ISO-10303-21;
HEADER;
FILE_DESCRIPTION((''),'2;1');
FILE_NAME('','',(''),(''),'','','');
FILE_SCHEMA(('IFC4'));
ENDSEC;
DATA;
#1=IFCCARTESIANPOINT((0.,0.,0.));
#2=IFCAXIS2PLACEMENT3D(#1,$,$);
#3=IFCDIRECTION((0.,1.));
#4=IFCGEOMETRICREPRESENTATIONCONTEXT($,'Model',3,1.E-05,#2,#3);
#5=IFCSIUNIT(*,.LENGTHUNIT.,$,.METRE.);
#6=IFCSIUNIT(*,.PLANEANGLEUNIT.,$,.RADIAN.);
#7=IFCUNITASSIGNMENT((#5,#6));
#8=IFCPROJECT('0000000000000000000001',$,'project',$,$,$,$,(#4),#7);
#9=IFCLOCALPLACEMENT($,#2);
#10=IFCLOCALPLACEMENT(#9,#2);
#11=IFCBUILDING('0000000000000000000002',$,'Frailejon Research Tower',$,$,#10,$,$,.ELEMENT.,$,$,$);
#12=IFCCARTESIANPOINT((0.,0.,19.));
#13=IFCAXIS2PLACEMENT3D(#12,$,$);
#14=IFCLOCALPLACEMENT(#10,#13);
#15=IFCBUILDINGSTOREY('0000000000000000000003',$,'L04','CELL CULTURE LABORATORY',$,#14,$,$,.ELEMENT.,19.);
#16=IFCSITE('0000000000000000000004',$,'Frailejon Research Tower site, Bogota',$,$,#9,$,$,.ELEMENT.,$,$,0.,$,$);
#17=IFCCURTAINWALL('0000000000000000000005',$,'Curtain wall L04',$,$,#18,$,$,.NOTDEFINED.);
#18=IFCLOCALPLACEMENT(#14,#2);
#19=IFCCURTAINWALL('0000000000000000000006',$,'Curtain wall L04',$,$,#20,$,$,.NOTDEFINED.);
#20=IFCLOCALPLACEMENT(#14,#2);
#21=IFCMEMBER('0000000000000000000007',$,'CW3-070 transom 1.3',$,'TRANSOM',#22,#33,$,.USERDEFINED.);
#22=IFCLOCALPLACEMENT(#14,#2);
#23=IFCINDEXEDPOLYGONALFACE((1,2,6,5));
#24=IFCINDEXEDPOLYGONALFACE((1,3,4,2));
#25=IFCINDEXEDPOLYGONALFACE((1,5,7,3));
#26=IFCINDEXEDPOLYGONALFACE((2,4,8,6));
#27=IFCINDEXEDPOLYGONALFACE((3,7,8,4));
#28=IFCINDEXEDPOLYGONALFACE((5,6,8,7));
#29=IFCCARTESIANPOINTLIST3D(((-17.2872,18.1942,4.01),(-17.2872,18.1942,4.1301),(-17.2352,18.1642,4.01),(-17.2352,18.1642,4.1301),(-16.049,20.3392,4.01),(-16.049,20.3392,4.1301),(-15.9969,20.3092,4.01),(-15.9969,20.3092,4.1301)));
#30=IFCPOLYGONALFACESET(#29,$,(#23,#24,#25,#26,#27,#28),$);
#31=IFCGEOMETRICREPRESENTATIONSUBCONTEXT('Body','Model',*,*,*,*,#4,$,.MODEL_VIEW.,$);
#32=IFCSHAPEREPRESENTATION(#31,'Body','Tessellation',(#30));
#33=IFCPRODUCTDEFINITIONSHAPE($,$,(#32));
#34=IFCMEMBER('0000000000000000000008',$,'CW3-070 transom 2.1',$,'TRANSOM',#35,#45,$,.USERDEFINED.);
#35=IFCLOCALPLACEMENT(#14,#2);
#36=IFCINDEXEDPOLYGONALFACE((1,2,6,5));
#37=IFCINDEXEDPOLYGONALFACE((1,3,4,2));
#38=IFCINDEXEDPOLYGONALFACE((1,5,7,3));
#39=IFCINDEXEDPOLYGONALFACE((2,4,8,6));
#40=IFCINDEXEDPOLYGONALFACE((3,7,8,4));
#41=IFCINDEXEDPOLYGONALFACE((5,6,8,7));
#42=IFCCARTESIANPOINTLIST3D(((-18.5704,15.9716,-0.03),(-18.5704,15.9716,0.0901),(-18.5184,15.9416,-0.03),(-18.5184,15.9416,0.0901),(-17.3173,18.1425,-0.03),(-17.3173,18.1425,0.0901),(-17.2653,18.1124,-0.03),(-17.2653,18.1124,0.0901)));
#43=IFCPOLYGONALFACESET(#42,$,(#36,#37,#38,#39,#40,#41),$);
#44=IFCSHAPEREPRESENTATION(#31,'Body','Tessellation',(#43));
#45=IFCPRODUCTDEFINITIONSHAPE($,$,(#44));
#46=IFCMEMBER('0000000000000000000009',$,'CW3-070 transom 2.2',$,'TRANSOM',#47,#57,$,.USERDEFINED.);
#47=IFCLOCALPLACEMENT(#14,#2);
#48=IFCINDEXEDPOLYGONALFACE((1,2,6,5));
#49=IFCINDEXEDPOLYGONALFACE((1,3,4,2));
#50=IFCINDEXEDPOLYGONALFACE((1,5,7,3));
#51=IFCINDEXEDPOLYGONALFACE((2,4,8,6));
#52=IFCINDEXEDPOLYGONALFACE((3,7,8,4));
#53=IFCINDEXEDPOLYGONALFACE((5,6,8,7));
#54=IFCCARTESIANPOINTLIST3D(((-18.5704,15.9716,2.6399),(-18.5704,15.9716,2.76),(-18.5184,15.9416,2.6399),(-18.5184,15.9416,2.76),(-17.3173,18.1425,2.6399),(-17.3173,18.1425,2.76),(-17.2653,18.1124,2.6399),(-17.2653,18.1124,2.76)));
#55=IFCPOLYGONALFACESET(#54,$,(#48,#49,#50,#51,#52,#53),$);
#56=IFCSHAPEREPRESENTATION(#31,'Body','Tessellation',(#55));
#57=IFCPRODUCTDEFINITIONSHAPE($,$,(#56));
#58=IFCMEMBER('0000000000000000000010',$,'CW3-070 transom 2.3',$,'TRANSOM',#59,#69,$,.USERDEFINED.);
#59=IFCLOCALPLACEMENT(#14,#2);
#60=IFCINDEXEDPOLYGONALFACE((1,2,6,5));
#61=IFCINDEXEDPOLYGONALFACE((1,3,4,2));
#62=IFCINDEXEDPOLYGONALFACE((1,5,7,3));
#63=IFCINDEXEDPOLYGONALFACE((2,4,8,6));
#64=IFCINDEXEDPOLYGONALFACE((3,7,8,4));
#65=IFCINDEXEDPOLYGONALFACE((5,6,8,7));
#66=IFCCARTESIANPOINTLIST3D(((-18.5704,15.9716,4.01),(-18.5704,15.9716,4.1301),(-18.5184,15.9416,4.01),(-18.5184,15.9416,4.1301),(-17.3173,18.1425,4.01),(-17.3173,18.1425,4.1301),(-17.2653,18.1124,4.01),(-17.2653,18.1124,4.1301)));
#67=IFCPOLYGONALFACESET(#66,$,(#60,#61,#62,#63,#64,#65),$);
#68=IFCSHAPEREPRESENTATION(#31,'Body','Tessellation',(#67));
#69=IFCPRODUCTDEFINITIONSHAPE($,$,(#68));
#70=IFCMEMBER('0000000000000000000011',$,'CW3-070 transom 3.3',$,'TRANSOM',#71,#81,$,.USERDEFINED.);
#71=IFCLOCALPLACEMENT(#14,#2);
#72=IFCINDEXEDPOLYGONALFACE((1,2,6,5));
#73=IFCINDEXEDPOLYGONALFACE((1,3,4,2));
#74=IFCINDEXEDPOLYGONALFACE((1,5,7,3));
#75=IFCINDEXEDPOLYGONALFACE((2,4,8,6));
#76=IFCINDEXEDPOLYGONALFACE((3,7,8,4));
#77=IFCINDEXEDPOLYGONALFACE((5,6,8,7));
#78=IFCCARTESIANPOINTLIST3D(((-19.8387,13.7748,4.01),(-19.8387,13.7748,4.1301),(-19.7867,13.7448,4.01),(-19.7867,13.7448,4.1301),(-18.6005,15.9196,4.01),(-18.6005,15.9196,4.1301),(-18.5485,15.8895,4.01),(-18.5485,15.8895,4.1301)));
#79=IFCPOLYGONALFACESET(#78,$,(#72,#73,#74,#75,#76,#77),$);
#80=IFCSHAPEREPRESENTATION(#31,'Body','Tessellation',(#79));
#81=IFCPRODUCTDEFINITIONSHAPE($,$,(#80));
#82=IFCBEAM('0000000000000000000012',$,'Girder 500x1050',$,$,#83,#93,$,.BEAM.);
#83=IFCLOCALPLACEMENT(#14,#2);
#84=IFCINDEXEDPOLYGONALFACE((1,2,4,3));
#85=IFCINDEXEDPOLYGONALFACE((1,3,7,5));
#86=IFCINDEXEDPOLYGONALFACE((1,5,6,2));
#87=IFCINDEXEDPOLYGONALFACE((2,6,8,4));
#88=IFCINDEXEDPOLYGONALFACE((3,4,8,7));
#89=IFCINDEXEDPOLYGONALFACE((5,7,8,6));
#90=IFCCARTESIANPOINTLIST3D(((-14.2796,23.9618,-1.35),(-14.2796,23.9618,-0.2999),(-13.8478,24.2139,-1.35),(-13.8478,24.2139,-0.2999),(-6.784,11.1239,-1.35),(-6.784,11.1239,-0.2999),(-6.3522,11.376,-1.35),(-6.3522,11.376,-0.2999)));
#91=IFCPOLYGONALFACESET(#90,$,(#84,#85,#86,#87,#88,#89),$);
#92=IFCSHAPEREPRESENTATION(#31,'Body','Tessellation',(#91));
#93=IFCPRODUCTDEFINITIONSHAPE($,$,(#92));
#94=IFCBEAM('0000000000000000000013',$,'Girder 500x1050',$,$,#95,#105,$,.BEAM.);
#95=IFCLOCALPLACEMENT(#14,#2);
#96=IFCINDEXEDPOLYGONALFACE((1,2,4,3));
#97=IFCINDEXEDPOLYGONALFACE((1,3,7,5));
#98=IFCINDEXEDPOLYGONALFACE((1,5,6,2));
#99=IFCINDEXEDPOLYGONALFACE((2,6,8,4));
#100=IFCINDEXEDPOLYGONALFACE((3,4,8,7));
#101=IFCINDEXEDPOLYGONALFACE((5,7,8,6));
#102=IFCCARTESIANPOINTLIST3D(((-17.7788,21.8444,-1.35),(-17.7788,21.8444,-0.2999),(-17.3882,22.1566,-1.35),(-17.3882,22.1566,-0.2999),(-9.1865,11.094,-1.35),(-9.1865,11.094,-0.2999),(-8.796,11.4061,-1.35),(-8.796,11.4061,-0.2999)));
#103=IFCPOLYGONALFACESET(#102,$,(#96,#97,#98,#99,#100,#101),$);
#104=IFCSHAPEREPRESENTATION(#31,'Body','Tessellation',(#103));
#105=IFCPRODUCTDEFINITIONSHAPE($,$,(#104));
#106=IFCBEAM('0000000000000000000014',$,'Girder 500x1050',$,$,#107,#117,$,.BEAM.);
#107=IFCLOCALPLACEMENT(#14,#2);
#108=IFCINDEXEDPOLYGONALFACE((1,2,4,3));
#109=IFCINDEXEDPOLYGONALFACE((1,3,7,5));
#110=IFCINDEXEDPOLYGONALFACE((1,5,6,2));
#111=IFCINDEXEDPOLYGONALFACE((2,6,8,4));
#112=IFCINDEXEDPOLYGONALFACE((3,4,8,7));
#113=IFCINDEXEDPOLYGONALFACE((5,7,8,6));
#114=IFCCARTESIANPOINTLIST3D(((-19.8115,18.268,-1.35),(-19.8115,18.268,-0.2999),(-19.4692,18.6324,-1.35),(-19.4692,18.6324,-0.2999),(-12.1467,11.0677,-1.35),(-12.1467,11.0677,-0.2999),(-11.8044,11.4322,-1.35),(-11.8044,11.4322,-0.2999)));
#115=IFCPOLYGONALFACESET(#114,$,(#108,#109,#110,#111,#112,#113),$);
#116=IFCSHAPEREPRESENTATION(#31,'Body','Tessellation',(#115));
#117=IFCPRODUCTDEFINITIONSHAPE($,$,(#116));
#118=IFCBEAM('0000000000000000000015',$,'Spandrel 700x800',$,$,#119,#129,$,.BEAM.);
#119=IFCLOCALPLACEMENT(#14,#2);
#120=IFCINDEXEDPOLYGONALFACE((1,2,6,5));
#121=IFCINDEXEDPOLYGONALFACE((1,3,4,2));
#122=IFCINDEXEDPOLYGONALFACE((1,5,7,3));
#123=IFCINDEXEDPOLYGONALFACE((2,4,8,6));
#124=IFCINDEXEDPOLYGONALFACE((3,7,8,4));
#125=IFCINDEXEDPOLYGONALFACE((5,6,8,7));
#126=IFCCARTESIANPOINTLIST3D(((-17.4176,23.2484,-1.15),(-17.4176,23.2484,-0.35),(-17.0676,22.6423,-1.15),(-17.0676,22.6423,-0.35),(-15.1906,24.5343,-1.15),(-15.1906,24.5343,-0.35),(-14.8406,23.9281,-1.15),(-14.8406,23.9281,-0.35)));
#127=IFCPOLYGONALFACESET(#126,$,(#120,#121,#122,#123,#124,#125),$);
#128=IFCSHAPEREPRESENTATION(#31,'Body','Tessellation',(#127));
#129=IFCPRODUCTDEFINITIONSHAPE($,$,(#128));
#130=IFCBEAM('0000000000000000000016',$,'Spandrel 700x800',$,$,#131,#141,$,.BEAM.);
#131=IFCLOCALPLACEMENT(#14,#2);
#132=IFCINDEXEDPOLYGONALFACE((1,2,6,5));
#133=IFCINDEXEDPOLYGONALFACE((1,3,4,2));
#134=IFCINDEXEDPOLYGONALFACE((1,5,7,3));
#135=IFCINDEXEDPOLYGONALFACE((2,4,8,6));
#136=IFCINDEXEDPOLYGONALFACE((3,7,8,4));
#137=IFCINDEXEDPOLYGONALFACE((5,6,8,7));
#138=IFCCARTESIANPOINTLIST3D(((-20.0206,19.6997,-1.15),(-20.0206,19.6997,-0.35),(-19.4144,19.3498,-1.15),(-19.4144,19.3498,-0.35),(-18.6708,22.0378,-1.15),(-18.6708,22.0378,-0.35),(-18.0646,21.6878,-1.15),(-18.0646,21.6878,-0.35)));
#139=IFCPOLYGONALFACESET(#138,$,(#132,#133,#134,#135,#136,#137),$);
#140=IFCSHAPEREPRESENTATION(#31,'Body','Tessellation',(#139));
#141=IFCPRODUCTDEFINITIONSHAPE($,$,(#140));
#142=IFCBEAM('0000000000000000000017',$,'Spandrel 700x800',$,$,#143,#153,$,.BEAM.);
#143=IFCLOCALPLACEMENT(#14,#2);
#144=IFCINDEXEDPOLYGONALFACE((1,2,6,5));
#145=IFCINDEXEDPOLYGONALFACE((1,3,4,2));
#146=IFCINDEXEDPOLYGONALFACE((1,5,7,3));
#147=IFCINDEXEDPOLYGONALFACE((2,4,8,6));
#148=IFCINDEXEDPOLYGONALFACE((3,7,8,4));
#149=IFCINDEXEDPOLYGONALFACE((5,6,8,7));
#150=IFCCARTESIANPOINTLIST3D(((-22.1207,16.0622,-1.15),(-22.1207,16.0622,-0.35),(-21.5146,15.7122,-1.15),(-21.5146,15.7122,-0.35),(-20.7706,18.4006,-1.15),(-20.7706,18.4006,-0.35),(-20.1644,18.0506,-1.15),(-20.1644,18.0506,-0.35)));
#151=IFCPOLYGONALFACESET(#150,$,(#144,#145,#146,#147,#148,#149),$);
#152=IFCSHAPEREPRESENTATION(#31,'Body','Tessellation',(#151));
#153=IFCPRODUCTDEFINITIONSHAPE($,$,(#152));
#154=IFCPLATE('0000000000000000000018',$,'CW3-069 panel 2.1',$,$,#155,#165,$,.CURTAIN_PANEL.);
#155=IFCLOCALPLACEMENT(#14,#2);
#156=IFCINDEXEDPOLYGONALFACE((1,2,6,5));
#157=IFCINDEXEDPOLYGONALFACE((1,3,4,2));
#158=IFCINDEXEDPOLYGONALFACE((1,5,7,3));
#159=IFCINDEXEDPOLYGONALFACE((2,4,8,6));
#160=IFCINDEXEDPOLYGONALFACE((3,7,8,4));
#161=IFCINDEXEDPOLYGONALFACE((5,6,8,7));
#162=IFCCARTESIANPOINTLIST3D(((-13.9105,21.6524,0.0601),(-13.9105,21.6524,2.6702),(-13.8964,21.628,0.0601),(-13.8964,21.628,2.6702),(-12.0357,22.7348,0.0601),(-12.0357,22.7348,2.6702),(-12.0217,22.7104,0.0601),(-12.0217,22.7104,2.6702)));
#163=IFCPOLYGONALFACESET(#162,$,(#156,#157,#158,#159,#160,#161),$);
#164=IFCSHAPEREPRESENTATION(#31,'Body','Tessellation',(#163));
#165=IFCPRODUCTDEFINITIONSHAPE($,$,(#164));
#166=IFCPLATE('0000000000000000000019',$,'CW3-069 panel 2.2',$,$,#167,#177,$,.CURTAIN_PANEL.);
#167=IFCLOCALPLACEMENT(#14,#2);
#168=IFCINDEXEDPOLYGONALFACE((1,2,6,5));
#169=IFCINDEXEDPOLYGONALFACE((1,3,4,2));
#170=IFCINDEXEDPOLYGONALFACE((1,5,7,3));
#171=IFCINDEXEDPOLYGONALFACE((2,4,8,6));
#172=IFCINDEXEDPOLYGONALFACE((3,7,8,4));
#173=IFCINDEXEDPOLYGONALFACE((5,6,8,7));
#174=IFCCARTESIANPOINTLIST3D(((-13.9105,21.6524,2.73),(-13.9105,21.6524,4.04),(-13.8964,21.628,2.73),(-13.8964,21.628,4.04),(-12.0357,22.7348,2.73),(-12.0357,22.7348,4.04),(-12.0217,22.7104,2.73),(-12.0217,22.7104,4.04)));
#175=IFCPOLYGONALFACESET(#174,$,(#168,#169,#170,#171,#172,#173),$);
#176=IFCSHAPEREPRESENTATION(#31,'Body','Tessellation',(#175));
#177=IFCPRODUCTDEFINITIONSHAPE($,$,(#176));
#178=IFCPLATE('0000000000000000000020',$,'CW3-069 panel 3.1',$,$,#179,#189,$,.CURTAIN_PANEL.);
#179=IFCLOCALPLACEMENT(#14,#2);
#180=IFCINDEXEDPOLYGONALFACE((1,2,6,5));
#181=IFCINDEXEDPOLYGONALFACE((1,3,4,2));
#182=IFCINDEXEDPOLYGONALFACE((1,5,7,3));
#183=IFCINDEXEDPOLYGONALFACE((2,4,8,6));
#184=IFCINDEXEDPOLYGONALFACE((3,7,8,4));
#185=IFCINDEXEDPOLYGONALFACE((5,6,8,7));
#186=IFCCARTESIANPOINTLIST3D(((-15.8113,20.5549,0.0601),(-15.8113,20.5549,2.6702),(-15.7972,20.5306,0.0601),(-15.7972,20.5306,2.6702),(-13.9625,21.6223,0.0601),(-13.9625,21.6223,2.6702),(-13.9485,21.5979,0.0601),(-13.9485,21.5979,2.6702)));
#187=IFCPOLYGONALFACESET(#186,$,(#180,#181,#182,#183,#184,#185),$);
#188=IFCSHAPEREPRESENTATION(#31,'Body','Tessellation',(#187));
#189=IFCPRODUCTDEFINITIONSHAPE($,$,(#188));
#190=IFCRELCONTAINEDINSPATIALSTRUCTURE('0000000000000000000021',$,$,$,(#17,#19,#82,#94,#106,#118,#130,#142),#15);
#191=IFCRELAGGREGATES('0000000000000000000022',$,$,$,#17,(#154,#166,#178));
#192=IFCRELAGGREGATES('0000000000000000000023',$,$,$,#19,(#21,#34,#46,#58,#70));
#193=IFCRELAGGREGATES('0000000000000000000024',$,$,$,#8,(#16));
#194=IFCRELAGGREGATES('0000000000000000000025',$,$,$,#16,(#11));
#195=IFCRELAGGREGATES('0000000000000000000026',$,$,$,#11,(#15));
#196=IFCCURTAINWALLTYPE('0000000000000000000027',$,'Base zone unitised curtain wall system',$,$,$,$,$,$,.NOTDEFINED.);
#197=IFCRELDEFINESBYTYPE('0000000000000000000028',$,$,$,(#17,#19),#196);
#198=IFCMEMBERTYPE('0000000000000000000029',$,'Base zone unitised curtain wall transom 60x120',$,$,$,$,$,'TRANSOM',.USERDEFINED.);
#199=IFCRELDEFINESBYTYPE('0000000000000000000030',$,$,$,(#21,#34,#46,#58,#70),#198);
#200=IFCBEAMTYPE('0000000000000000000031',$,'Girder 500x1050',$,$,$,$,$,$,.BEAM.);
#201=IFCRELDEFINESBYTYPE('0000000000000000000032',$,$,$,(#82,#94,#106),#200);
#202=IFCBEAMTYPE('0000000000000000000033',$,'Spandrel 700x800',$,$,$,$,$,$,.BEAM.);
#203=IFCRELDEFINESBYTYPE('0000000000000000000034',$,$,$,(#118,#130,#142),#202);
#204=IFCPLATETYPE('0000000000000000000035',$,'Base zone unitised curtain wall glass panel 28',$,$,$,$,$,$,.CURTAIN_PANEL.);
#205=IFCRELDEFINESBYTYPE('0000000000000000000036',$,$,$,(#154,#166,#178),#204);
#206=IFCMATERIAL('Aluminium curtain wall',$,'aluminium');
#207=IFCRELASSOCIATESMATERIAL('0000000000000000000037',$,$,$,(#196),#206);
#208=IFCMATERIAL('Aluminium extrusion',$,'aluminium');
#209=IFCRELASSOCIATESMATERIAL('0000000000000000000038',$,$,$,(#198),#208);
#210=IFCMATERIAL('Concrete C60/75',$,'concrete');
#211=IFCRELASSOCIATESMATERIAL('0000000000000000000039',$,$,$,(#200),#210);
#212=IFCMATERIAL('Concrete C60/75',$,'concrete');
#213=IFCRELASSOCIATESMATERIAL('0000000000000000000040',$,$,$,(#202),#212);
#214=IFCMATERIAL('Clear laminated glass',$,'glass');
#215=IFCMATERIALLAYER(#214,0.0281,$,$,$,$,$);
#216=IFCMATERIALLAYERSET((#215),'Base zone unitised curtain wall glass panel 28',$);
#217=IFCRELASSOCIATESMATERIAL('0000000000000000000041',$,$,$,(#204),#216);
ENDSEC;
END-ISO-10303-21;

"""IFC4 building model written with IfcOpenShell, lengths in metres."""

from ifc_helpers import new_model, si_unit, direction, frame, origin, origin_2d, place, context, subcontext, project, spatial, rectangle, extrude, material, layer, layer_set, material_profile, profile_set, type_object, element, aggregate, save


model = new_model("IFC4")

# Units and contexts
model_context = context("Model", 3, precision=1e-05, world=origin(), true_north=direction((0.0, 1.0)))
body_context = subcontext(model_context, "Body", "Model", "MODEL_VIEW")
ifc_project = project(units=[si_unit("LENGTHUNIT", "METRE"), si_unit("PLANEANGLEUNIT", "RADIAN")], contexts=[model_context])

# Site, building, storey
site_placement = place(None, origin())
site = spatial("IfcSite", under=ifc_project, at=site_placement, Name="Frailejon Research Tower site, Bogota", CompositionType="ELEMENT", RefElevation=0.0)
building_placement = place(site_placement, origin())
building = spatial("IfcBuilding", under=site, at=building_placement, Name="Frailejon Research Tower", CompositionType="ELEMENT")
storey_placement = place(building_placement, frame((0.0, 0.0, 19.0)))
storey = spatial("IfcBuildingStorey", under=building, at=storey_placement, Name="L04", Description="CELL CULTURE LABORATORY", CompositionType="ELEMENT", Elevation=19.0)

# Curtain walls
ifc_material_1 = material(Name="Aluminium curtain wall", Category="aluminium")
curtain_wall_type = type_object("IfcCurtainWallType", Name="Base zone unitised curtain wall system", PredefinedType="NOTDEFINED", material=ifc_material_1)
curtain_wall_1_placement = place(storey_placement, origin())
curtain_wall_1 = element("IfcCurtainWall", 1, at=curtain_wall_1_placement, inside=storey, type_object=curtain_wall_type, Name="Curtain wall L04", PredefinedType="NOTDEFINED")
curtain_wall_2_placement = place(storey_placement, origin())
curtain_wall_2 = element("IfcCurtainWall", 2, at=curtain_wall_2_placement, inside=storey, type_object=curtain_wall_type, Name="Curtain wall L04", PredefinedType="NOTDEFINED")

# Members
ifc_material_2 = material(Name="Aluminium extrusion", Category="aluminium")
ifc_material_profile_1 = material_profile(ifc_material_2, rectangle(XDim=0.0601, YDim=0.1201, at=origin_2d()), Name="Base zone unitised curtain wall transom 60x120")
ifc_profile_set_1 = profile_set([ifc_material_profile_1], Name="Aluminium extrusion")
member_type_1 = type_object("IfcMemberType", Name="Base zone unitised curtain wall transom 60x120", ElementType="TRANSOM", PredefinedType="USERDEFINED", material=ifc_profile_set_1)
member_1_placement = place(storey_placement, frame((-16.0229, 20.3242, 4.0701), z_axis=(-0.499956, -0.866051, 0.0), x_axis=(0.866051, -0.499956, 0.0)))
member_1 = element("IfcMember", 3, at=member_1_placement, type_object=member_type_1, Name="CW3-070 transom 1.3", ObjectType="TRANSOM", PredefinedType="USERDEFINED", context=body_context, shape_type="SweptSolid", body=[
    extrude(rectangle(XDim=0.0601, YDim=0.1201, at=origin_2d()), origin(), (0.0, 0.0, 1.0), 2.4768),
])
member_2_placement = place(storey_placement, frame((-17.2913, 18.1274, 0.03), z_axis=(-0.499942, -0.866059, 0.0), x_axis=(0.866059, -0.499942, 0.0)))
member_2 = element("IfcMember", 4, at=member_2_placement, type_object=member_type_1, Name="CW3-070 transom 2.1", ObjectType="TRANSOM", PredefinedType="USERDEFINED", context=body_context, shape_type="SweptSolid", body=[
    extrude(rectangle(XDim=0.0601, YDim=0.1201, at=origin_2d()), origin(), (0.0, 0.0, 1.0), 2.5066),
])
member_3_placement = place(storey_placement, frame((-17.2913, 18.1274, 2.7), z_axis=(-0.499942, -0.866059, 0.0), x_axis=(0.866059, -0.499942, 0.0)))
member_3 = element("IfcMember", 5, at=member_3_placement, type_object=member_type_1, Name="CW3-070 transom 2.2", ObjectType="TRANSOM", PredefinedType="USERDEFINED", context=body_context, shape_type="SweptSolid", body=[
    extrude(rectangle(XDim=0.0601, YDim=0.1201, at=origin_2d()), origin(), (0.0, 0.0, 1.0), 2.5066),
])
member_4_placement = place(storey_placement, frame((-17.2913, 18.1274, 4.0701), z_axis=(-0.499942, -0.866059, 0.0), x_axis=(0.866059, -0.499942, 0.0)))
member_4 = element("IfcMember", 6, at=member_4_placement, type_object=member_type_1, Name="CW3-070 transom 2.3", ObjectType="TRANSOM", PredefinedType="USERDEFINED", context=body_context, shape_type="SweptSolid", body=[
    extrude(rectangle(XDim=0.0601, YDim=0.1201, at=origin_2d()), origin(), (0.0, 0.0, 1.0), 2.5066),
])
member_5_placement = place(storey_placement, frame((-18.5745, 15.9045, 4.0701), z_axis=(-0.499998, -0.866026, 0.0), x_axis=(0.866026, -0.499998, 0.0)))
member_5 = element("IfcMember", 7, at=member_5_placement, type_object=member_type_1, Name="CW3-070 transom 3.3", ObjectType="TRANSOM", PredefinedType="USERDEFINED", context=body_context, shape_type="SweptSolid", body=[
    extrude(rectangle(XDim=0.0601, YDim=0.1201, at=origin_2d()), origin(), (0.0, 0.0, 1.0), 2.4766),
])

# Beams
ifc_material_3 = material(Name="Concrete C60/75", Category="concrete")
ifc_material_profile_2 = material_profile(ifc_material_3, rectangle(XDim=0.5, YDim=1.05, at=origin_2d()), Name="Girder 500x1050")
ifc_profile_set_2 = profile_set([ifc_material_profile_2], Name="Concrete C60/75")
beam_type_1 = type_object("IfcBeamType", Name="Girder 500x1050", PredefinedType="BEAM", material=ifc_profile_set_2)
beam_1_placement = place(storey_placement, frame((-14.0637, 24.0879, -0.825), z_axis=(0.504214, -0.863579, 0.0), x_axis=(0.863579, 0.504214, 0.0)))
element("IfcBeam", 8, at=beam_1_placement, inside=storey, type_object=beam_type_1, Name="Girder 500x1050", PredefinedType="BEAM", context=body_context, shape_type="SweptSolid", body=[
    extrude(rectangle(XDim=0.5, YDim=1.05, at=origin_2d()), origin(), (0.0, 0.0, 1.0), 14.866),
])
beam_2_placement = place(storey_placement, frame((-17.5835, 22.0005, -0.825), z_axis=(0.624336, -0.781156, 0.0), x_axis=(0.781156, 0.624336, 0.0)))
element("IfcBeam", 9, at=beam_2_placement, inside=storey, type_object=beam_type_1, Name="Girder 500x1050", PredefinedType="BEAM", context=body_context, shape_type="SweptSolid", body=[
    extrude(rectangle(XDim=0.5, YDim=1.05, at=origin_2d()), origin(), (0.0, 0.0, 1.0), 13.7622),
])
beam_3_placement = place(storey_placement, frame((-19.6404, 18.4502, -0.825), z_axis=(0.728851, -0.684672, 0.0), x_axis=(0.684672, 0.728851, 0.0)))
element("IfcBeam", 10, at=beam_3_placement, inside=storey, type_object=beam_type_1, Name="Girder 500x1050", PredefinedType="BEAM", context=body_context, shape_type="SweptSolid", body=[
    extrude(rectangle(XDim=0.5, YDim=1.05, at=origin_2d()), origin(), (0.0, 0.0, 1.0), 10.5164),
])
ifc_material_4 = material(Name="Concrete C60/75", Category="concrete")
ifc_material_profile_3 = material_profile(ifc_material_4, rectangle(XDim=0.7, YDim=0.8, at=origin_2d()), Name="Spandrel 700x800")
ifc_profile_set_3 = profile_set([ifc_material_profile_3], Name="Concrete C60/75")
beam_type_2 = type_object("IfcBeamType", Name="Spandrel 700x800", PredefinedType="BEAM", material=ifc_profile_set_3)
beam_4_placement = place(storey_placement, frame((-15.0156, 24.2312, -0.75), z_axis=(-0.866009, -0.500029, 0.0), x_axis=(0.500029, -0.866009, 0.0)))
element("IfcBeam", 11, at=beam_4_placement, inside=storey, type_object=beam_type_2, Name="Spandrel 700x800", PredefinedType="BEAM", context=body_context, shape_type="SweptSolid", body=[
    extrude(rectangle(XDim=0.7, YDim=0.8, at=origin_2d()), origin(), (0.0, 0.0, 1.0), 2.5715),
])
beam_5_placement = place(storey_placement, frame((-18.3677, 21.8628, -0.75), z_axis=(-0.499981, -0.866037, 0.0), x_axis=(0.866037, -0.499981, 0.0)))
element("IfcBeam", 12, at=beam_5_placement, inside=storey, type_object=beam_type_2, Name="Spandrel 700x800", PredefinedType="BEAM", context=body_context, shape_type="SweptSolid", body=[
    extrude(rectangle(XDim=0.7, YDim=0.8, at=origin_2d()), origin(), (0.0, 0.0, 1.0), 2.6997),
])
beam_6_placement = place(storey_placement, frame((-20.4675, 18.2256, -0.75), z_axis=(-0.500009, -0.86602, 0.0), x_axis=(0.86602, -0.500009, 0.0)))
element("IfcBeam", 13, at=beam_6_placement, inside=storey, type_object=beam_type_2, Name="Spandrel 700x800", PredefinedType="BEAM", context=body_context, shape_type="SweptSolid", body=[
    extrude(rectangle(XDim=0.7, YDim=0.8, at=origin_2d()), origin(), (0.0, 0.0, 1.0), 2.7002),
])

# Plates
ifc_material_5 = material(Name="Clear laminated glass", Category="glass")
ifc_layer_1 = layer(ifc_material_5, 0.0281)
ifc_layer_set_1 = layer_set([ifc_layer_1], Name="Base zone unitised curtain wall glass panel 28")
plate_type = type_object("IfcPlateType", Name="Base zone unitised curtain wall glass panel 28", PredefinedType="CURTAIN_PANEL", material=ifc_layer_set_1)
plate_1_placement = place(storey_placement, frame((-12.9661, 22.1814, 0.0601), z_axis=(0.0, 0.0, 1.0), x_axis=(-0.866026, -0.499998, 0.0)))
plate_1 = element("IfcPlate", 14, at=plate_1_placement, type_object=plate_type, Name="CW3-069 panel 2.1", PredefinedType="CURTAIN_PANEL", context=body_context, shape_type="SweptSolid", body=[
    extrude(rectangle(XDim=2.1648, YDim=0.0281, at=origin_2d()), origin(), (0.0, 0.0, 1.0), 2.6101),
])
plate_2_placement = place(storey_placement, frame((-12.9661, 22.1814, 2.73), z_axis=(0.0, 0.0, 1.0), x_axis=(-0.866026, -0.499998, 0.0)))
plate_2 = element("IfcPlate", 15, at=plate_2_placement, type_object=plate_type, Name="CW3-069 panel 2.2", PredefinedType="CURTAIN_PANEL", context=body_context, shape_type="SweptSolid", body=[
    extrude(rectangle(XDim=2.1648, YDim=0.0281, at=origin_2d()), origin(), (0.0, 0.0, 1.0), 1.3101),
])
plate_3_placement = place(storey_placement, frame((-14.8799, 21.0764, 0.0601), z_axis=(0.0, 0.0, 1.0), x_axis=(-0.866026, -0.499998, 0.0)))
plate_3 = element("IfcPlate", 16, at=plate_3_placement, type_object=plate_type, Name="CW3-069 panel 3.1", PredefinedType="CURTAIN_PANEL", context=body_context, shape_type="SweptSolid", body=[
    extrude(rectangle(XDim=2.1348, YDim=0.0281, at=origin_2d()), origin(), (0.0, 0.0, 1.0), 2.6101),
])
aggregate(curtain_wall_1, [plate_1, plate_2, plate_3])
aggregate(curtain_wall_2, [member_1, member_2, member_3, member_4, member_5])

save(model, "model.ifc")
